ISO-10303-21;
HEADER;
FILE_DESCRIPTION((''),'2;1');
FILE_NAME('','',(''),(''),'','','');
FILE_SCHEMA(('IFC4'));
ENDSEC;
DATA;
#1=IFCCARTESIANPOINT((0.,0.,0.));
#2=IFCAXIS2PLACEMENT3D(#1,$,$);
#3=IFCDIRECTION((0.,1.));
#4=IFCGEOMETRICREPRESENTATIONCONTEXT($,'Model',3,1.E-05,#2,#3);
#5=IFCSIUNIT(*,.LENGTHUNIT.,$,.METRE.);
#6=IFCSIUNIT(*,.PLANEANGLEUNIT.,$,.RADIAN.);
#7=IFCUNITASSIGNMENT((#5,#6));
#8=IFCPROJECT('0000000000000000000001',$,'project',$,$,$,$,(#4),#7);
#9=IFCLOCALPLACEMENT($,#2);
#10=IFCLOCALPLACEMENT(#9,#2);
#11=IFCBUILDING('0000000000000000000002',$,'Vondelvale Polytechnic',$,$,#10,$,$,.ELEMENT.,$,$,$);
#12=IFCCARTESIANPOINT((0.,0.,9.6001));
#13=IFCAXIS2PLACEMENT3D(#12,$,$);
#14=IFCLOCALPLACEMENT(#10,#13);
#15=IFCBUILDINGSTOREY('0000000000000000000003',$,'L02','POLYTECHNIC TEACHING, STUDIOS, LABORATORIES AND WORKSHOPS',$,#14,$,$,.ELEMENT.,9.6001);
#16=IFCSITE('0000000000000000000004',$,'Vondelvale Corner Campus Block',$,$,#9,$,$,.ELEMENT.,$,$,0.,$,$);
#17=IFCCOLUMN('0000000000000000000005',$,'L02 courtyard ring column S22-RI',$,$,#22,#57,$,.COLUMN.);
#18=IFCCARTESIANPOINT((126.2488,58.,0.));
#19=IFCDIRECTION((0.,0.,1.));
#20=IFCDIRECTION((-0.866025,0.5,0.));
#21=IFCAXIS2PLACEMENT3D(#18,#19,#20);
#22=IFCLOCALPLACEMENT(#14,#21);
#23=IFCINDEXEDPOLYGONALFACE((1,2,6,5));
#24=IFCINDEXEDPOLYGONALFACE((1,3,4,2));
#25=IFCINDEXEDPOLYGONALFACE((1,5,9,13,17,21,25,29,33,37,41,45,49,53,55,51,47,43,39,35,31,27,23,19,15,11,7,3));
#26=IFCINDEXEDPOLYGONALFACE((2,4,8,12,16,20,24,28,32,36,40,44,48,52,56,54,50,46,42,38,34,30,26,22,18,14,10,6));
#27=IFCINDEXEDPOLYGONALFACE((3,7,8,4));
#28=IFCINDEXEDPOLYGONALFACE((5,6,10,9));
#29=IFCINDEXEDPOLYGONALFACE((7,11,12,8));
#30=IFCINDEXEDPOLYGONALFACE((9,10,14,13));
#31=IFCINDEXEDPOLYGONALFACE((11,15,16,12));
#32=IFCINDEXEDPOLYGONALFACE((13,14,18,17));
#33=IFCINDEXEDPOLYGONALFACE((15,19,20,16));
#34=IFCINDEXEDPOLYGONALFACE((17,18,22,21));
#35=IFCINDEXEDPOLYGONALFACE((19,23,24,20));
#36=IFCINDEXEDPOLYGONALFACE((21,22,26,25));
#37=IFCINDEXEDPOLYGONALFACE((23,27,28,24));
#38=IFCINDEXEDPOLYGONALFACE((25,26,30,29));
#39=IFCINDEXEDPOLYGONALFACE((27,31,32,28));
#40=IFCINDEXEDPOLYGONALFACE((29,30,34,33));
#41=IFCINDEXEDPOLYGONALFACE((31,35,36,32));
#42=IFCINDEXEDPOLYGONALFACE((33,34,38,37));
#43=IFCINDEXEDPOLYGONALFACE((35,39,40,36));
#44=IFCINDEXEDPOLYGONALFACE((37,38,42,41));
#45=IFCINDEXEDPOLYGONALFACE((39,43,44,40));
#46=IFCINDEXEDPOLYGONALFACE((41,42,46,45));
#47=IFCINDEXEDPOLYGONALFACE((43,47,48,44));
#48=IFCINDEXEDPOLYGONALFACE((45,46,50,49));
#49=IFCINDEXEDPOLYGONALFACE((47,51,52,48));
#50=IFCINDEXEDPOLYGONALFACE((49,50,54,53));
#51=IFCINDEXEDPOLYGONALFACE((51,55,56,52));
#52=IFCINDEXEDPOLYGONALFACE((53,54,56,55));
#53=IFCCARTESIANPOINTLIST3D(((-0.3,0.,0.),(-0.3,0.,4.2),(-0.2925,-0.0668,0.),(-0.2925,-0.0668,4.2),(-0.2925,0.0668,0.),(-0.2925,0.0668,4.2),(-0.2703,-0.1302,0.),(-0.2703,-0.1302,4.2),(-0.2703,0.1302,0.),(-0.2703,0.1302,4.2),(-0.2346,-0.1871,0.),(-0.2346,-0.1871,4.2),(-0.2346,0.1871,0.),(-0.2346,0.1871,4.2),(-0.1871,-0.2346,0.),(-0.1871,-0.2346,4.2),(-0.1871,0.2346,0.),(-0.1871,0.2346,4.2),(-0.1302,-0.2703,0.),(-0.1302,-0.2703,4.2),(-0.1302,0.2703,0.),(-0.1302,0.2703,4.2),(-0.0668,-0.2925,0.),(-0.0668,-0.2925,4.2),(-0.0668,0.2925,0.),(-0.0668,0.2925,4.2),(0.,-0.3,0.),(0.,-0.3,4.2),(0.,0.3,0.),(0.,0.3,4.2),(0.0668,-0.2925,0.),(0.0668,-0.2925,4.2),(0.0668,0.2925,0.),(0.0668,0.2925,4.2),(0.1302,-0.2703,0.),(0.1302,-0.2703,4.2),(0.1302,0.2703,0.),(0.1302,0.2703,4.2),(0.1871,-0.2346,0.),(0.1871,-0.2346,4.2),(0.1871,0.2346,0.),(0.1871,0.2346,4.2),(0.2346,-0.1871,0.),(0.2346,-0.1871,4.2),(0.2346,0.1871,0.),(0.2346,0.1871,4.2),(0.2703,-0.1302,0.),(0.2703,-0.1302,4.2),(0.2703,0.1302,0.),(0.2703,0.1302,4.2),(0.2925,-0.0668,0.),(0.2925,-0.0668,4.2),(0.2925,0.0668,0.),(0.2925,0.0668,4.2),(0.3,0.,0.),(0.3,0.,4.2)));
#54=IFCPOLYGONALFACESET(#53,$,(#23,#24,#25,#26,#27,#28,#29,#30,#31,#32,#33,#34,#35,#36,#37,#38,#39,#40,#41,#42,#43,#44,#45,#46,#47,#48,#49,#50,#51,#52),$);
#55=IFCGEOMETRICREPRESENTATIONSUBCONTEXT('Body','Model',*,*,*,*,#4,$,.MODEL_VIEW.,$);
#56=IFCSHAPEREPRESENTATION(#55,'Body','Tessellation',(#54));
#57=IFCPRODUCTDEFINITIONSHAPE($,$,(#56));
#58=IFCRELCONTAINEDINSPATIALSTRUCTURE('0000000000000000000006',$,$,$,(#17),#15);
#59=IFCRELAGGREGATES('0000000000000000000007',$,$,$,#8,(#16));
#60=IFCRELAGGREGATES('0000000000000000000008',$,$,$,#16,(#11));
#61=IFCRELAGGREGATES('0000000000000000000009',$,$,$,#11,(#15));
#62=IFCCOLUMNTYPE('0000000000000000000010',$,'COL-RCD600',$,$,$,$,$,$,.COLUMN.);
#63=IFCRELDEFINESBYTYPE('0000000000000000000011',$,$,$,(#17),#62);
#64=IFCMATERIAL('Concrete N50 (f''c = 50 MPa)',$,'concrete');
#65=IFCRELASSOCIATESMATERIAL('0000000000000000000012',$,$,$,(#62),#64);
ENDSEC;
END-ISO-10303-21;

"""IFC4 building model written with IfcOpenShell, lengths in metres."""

from ifc_helpers import new_model, si_unit, direction, frame, origin, origin_2d, place, context, subcontext, project, spatial, circle, extrude, material, material_profile, profile_set, type_object, element, save


model = new_model("IFC4")

# Units and contexts
model_context = context("Model", 3, precision=1e-05, world=origin(), true_north=direction((0.0, 1.0)))
body_context = subcontext(model_context, "Body", "Model", "MODEL_VIEW")
ifc_project = project(units=[si_unit("LENGTHUNIT", "METRE"), si_unit("PLANEANGLEUNIT", "RADIAN")], contexts=[model_context])

# Site, building, storey
site_placement = place(None, origin())
site = spatial("IfcSite", under=ifc_project, at=site_placement, Name="Vondelvale Corner Campus Block", CompositionType="ELEMENT", RefElevation=0.0)
building_placement = place(site_placement, origin())
building = spatial("IfcBuilding", under=site, at=building_placement, Name="Vondelvale Polytechnic", CompositionType="ELEMENT")
storey_placement = place(building_placement, frame((0.0, 0.0, 9.6001)))
storey = spatial("IfcBuildingStorey", under=building, at=storey_placement, Name="L02", Description="POLYTECHNIC TEACHING, STUDIOS, LABORATORIES AND WORKSHOPS", CompositionType="ELEMENT", Elevation=9.6001)

# Column
ifc_material_1 = material(Name="Concrete N50 (f'c = 50 MPa)", Category="concrete")
ifc_material_profile_1 = material_profile(ifc_material_1, circle(Radius=0.3, at=origin_2d()), Name="RC-COL-D600")
ifc_profile_set_1 = profile_set([ifc_material_profile_1], Name="Concrete N50 (f'c = 50 MPa)")
column_type = type_object("IfcColumnType", Name="COL-RCD600", PredefinedType="COLUMN", material=ifc_profile_set_1)
column_placement = place(storey_placement, frame((126.2488, 58.0, 0.0), z_axis=(0.0, 0.0, 1.0), x_axis=(-0.866025, 0.5, 0.0)))
element("IfcColumn", 1, at=column_placement, inside=storey, type_object=column_type, Name="L02 courtyard ring column S22-RI", PredefinedType="COLUMN", context=body_context, shape_type="SweptSolid", body=[
    extrude(circle(Radius=0.3, at=origin_2d()), origin(), (0.0, 0.0, 1.0), 4.2),
])

save(model, "model.ifc")
